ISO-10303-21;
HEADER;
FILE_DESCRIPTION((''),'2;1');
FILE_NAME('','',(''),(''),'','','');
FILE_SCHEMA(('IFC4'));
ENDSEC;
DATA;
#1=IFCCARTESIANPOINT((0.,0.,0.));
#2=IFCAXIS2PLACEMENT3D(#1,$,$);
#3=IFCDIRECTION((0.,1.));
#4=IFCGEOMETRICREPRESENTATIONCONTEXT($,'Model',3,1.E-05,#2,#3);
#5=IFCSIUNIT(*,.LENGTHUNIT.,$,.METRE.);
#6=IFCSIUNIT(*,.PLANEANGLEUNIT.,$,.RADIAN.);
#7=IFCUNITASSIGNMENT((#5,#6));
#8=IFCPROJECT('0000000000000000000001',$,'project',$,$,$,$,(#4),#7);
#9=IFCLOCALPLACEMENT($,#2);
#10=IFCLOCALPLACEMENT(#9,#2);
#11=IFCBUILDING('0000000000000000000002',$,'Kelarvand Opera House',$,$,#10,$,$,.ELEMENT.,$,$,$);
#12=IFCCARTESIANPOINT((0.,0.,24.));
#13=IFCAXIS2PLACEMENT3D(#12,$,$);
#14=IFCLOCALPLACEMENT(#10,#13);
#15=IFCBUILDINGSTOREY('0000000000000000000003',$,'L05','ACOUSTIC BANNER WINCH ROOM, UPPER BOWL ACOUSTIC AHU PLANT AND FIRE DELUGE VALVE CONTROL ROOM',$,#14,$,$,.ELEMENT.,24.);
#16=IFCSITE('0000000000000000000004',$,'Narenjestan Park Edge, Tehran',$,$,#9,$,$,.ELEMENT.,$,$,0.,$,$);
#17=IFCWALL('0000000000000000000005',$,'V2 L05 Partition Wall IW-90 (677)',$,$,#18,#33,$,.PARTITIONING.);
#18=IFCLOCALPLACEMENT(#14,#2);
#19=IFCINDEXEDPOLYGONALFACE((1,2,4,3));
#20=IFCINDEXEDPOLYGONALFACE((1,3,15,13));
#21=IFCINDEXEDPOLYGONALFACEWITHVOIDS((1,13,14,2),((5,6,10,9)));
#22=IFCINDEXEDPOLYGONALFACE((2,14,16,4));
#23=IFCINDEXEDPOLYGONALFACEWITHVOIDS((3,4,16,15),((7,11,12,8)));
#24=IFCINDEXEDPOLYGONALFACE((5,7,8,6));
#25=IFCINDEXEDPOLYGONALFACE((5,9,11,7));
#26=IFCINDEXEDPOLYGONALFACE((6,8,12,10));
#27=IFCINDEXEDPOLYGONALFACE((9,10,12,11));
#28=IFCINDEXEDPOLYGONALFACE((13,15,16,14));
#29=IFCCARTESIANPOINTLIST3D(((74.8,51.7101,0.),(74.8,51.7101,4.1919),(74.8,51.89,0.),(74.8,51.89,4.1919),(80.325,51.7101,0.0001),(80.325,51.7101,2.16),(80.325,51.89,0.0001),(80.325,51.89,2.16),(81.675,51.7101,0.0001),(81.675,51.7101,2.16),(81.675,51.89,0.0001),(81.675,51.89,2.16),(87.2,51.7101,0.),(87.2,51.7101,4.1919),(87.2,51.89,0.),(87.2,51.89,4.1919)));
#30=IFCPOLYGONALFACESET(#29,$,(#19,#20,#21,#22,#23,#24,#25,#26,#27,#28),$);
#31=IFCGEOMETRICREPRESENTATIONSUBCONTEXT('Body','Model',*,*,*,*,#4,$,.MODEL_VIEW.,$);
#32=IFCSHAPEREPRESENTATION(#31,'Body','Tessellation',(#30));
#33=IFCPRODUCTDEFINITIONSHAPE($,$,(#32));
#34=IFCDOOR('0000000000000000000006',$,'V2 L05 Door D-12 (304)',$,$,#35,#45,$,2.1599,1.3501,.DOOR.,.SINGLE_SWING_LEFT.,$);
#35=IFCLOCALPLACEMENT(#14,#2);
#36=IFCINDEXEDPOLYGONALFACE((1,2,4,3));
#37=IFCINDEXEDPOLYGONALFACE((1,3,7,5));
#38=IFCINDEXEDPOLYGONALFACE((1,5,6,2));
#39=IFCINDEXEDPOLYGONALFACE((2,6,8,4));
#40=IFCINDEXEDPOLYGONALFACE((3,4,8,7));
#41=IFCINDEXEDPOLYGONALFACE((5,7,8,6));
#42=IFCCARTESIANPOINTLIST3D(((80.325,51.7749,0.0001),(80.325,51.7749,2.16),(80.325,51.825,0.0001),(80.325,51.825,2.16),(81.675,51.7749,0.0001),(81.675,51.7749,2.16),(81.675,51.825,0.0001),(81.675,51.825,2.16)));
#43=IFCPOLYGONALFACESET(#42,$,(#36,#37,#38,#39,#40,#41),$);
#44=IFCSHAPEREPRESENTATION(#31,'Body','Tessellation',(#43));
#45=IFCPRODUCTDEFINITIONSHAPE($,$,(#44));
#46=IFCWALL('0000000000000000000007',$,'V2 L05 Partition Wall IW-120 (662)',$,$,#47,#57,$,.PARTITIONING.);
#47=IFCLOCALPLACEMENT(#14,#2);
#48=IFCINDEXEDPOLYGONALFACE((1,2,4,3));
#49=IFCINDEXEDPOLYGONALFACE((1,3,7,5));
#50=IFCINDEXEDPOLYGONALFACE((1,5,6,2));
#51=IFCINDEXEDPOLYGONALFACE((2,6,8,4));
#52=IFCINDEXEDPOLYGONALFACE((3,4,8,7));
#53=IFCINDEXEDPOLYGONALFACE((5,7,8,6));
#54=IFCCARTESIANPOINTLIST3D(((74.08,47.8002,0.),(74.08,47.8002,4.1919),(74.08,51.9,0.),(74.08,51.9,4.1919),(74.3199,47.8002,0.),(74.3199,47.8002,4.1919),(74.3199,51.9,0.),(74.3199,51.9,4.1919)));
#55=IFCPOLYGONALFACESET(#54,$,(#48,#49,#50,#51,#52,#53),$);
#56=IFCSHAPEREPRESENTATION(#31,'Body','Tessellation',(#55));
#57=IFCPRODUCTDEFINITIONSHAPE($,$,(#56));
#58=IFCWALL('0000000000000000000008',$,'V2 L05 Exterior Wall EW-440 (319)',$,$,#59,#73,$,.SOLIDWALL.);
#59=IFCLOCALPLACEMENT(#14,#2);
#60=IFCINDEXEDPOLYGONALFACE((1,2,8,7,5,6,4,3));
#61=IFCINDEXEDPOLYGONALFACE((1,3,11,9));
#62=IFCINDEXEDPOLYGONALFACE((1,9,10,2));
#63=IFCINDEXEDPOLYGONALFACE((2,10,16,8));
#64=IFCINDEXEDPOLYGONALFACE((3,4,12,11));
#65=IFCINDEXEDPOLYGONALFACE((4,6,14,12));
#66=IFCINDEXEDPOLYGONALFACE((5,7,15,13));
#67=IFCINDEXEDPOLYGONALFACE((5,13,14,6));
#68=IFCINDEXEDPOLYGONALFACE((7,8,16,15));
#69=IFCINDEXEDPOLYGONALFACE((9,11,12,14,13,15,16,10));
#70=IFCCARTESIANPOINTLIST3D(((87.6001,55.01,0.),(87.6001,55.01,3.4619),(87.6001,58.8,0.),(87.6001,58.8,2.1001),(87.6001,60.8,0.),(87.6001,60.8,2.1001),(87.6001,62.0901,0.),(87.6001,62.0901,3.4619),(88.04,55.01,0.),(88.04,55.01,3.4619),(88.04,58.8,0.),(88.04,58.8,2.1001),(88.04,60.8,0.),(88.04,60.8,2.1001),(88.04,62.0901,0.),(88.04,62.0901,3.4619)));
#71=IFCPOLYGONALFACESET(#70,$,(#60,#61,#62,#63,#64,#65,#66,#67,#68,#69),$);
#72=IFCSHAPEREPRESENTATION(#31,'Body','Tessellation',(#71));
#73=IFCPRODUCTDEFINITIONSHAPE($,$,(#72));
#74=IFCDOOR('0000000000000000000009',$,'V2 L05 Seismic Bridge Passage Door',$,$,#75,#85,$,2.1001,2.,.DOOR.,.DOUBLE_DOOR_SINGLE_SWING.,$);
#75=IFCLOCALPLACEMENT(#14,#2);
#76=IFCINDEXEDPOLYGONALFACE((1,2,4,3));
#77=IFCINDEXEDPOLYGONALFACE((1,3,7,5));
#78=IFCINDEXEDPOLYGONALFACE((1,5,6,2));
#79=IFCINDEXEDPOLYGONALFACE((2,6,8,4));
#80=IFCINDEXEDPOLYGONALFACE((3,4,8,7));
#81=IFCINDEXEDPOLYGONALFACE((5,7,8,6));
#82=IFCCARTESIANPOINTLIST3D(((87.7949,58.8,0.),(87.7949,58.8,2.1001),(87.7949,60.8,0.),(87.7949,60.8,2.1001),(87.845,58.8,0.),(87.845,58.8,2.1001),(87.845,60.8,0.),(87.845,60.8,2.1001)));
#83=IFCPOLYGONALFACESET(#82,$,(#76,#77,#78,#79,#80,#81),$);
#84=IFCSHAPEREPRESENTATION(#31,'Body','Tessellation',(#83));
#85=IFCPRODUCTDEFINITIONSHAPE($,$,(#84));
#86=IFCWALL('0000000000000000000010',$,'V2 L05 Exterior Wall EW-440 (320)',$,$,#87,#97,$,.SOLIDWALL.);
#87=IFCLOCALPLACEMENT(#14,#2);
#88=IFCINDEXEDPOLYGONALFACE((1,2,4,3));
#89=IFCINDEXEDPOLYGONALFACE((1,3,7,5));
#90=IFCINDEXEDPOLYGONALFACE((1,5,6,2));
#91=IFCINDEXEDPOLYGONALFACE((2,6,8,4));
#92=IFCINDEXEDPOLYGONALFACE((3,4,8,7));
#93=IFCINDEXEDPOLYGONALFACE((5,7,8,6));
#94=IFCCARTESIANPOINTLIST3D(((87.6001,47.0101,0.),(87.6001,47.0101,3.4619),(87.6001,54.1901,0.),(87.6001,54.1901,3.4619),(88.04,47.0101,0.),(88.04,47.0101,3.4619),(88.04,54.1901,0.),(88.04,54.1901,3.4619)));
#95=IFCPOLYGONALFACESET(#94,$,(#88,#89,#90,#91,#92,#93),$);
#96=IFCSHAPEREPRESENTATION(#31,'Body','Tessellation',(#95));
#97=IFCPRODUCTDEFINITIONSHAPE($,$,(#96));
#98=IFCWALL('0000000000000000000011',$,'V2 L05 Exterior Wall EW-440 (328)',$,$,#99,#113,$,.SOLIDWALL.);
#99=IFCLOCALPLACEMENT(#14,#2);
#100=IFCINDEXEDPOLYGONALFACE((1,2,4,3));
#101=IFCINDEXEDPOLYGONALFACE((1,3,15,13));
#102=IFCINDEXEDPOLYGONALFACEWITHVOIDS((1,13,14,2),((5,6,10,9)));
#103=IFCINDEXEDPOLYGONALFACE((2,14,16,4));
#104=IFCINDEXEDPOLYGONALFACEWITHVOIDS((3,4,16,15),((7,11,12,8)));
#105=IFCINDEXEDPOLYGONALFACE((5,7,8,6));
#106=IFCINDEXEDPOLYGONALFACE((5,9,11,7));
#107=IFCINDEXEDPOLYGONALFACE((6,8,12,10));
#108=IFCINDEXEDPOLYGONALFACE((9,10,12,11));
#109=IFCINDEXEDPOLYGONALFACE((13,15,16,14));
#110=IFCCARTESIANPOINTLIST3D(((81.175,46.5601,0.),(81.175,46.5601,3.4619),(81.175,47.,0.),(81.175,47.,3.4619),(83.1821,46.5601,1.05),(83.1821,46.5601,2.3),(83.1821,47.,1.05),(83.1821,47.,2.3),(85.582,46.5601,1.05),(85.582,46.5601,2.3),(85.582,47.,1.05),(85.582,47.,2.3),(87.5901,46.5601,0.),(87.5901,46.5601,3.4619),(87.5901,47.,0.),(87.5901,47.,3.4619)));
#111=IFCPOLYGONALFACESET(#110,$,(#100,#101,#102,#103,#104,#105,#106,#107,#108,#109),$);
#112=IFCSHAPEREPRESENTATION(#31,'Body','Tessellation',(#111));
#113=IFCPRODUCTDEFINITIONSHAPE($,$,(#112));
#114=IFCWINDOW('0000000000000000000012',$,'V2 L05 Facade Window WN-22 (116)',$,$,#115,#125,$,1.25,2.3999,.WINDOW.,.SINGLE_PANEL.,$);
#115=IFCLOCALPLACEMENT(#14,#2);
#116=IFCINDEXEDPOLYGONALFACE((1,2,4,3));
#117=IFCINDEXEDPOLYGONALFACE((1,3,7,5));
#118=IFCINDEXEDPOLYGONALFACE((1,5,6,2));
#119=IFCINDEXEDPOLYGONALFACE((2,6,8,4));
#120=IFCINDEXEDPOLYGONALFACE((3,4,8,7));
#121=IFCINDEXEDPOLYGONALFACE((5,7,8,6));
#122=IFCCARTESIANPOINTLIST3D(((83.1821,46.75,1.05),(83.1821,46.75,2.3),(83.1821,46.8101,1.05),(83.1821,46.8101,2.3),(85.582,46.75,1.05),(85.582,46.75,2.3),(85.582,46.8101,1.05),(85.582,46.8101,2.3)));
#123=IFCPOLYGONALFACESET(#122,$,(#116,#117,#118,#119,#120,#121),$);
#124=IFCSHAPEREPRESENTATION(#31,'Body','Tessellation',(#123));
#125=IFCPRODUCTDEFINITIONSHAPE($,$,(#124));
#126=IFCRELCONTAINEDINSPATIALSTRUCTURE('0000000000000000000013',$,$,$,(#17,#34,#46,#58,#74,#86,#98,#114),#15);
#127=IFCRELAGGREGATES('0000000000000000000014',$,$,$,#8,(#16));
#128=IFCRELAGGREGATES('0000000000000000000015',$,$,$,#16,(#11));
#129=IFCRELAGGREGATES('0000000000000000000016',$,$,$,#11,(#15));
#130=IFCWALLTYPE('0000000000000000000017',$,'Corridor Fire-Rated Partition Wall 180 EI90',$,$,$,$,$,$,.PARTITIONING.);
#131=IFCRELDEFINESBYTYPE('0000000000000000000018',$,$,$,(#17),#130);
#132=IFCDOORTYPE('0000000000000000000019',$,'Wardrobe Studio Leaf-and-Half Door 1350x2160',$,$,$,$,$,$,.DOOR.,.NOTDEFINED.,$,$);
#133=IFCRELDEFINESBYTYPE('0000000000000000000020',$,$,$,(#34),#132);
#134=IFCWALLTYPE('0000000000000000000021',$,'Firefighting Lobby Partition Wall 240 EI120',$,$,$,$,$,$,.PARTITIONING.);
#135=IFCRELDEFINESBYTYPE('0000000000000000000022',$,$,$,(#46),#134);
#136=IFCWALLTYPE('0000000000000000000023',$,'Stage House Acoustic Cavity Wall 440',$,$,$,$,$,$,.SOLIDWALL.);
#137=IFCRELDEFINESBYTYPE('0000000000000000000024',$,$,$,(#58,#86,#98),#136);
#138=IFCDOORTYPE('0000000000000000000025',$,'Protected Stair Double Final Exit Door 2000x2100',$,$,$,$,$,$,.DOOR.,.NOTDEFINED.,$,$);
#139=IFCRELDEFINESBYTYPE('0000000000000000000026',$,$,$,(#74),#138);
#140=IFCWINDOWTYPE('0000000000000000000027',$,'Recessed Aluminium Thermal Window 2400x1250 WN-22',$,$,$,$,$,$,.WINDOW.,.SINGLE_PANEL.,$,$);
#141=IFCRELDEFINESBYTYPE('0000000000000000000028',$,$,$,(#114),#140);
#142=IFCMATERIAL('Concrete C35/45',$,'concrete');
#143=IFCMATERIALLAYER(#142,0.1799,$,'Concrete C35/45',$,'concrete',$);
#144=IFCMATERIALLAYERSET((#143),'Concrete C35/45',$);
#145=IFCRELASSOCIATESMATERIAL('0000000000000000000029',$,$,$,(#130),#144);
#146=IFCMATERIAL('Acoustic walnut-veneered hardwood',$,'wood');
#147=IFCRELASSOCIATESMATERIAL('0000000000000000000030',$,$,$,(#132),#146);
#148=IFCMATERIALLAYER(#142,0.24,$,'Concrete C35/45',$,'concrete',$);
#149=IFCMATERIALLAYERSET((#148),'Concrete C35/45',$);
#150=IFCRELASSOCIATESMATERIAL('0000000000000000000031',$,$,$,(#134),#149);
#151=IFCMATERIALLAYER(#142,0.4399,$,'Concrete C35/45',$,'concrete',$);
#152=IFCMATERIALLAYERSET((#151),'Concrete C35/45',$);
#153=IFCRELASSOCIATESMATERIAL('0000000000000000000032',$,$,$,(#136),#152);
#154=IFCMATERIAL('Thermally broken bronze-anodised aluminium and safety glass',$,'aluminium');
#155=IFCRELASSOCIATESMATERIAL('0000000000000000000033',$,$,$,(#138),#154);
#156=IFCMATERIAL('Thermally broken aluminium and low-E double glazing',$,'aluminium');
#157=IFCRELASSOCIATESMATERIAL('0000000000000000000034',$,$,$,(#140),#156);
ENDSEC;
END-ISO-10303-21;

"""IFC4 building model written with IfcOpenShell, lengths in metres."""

from ifc_helpers import new_model, si_unit, direction, frame, frame_2d, origin, place, context, subcontext, project, spatial, rectangle, extrude, material, layer, layer_set, type_object, element, fill, save


model = new_model("IFC4")

# Units and contexts
model_context = context("Model", 3, precision=1e-05, world=origin(), true_north=direction((0.0, 1.0)))
body_context = subcontext(model_context, "Body", "Model", "MODEL_VIEW")
ifc_project = project(units=[si_unit("LENGTHUNIT", "METRE"), si_unit("PLANEANGLEUNIT", "RADIAN")], contexts=[model_context])

# Site, building, storey
site_placement = place(None, origin())
site = spatial("IfcSite", under=ifc_project, at=site_placement, Name="Narenjestan Park Edge, Tehran", CompositionType="ELEMENT", RefElevation=0.0)
building_placement = place(site_placement, origin())
building = spatial("IfcBuilding", under=site, at=building_placement, Name="Kelarvand Opera House", CompositionType="ELEMENT")
storey_placement = place(building_placement, frame((0.0, 0.0, 24.0)))
storey = spatial("IfcBuildingStorey", under=building, at=storey_placement, Name="L05", Description="ACOUSTIC BANNER WINCH ROOM, UPPER BOWL ACOUSTIC AHU PLANT AND FIRE DELUGE VALVE CONTROL ROOM", CompositionType="ELEMENT", Elevation=24.0)

# Wall, opening, door
ifc_material_1 = material(Name="Concrete C35/45", Category="concrete")
ifc_layer_1 = layer(ifc_material_1, 0.1799, Name="Concrete C35/45", Category="concrete")
ifc_layer_set_1 = layer_set([ifc_layer_1], Name="Concrete C35/45")
wall_type_1 = type_object("IfcWallType", Name="Corridor Fire-Rated Partition Wall 180 EI90", PredefinedType="PARTITIONING", material=ifc_layer_set_1)
wall_1_placement = place(storey_placement, frame((74.8, 51.8, 0.0), z_axis=(0.0, 0.0, 1.0), x_axis=(1.0, 0.0, 0.0)))
wall_1 = element("IfcWall", 1, at=wall_1_placement, inside=storey, type_object=wall_type_1, Name="V2 L05 Partition Wall IW-90 (677)", PredefinedType="PARTITIONING", context=body_context, shape_type="SweptSolid", body=[
    extrude(rectangle(XDim=12.3999, YDim=0.1799, at=frame_2d((6.2, 0.0))), origin(), (0.0, 0.0, 1.0), 4.1919),
])
opening_1_placement = place(wall_1_placement, frame((5.5249, 0.0, 0.0)))
opening_1 = element("IfcOpeningElement", 2, at=opening_1_placement, cuts=wall_1, PredefinedType="OPENING", context=body_context, shape_type="SweptSolid", body=[
    extrude(rectangle(XDim=1.3501, YDim=2.1599, at=frame_2d((0.675, 1.0801))), frame((0.0, 0.1001, 0.0), z_axis=(0.0, -1.0, 0.0), x_axis=(1.0, 0.0, 0.0)), (0.0, 0.0, 1.0), 0.2),
])
ifc_material_2 = material(Name="Acoustic walnut-veneered hardwood", Category="wood")
door_type_1 = type_object("IfcDoorType", Name="Wardrobe Studio Leaf-and-Half Door 1350x2160", OperationType="NOTDEFINED", PredefinedType="DOOR", material=ifc_material_2)
door_1_placement = place(opening_1_placement, origin())
door_1 = element("IfcDoor", 3, at=door_1_placement, inside=storey, type_object=door_type_1, Name="V2 L05 Door D-12 (304)", OperationType="SINGLE_SWING_LEFT", OverallHeight=2.1599, OverallWidth=1.3501, PredefinedType="DOOR", context=body_context, shape_type="SweptSolid", body=[
    extrude(rectangle(XDim=1.3501, YDim=2.1599, at=frame_2d((0.675, 1.0801))), frame((0.0, 0.0249, 0.0), z_axis=(0.0, -1.0, 0.0), x_axis=(1.0, 0.0, 0.0)), (0.0, 0.0, 1.0), 0.05),
])
fill(opening_1, door_1)

# Wall
ifc_layer_2 = layer(ifc_material_1, 0.24, Name="Concrete C35/45", Category="concrete")
ifc_layer_set_2 = layer_set([ifc_layer_2], Name="Concrete C35/45")
wall_type_2 = type_object("IfcWallType", Name="Firefighting Lobby Partition Wall 240 EI120", PredefinedType="PARTITIONING", material=ifc_layer_set_2)
wall_2_placement = place(storey_placement, frame((74.2, 51.8999, 0.0), z_axis=(0.0, 0.0, 1.0), x_axis=(0.0, -1.0, 0.0)))
element("IfcWall", 4, at=wall_2_placement, inside=storey, type_object=wall_type_2, Name="V2 L05 Partition Wall IW-120 (662)", PredefinedType="PARTITIONING", context=body_context, shape_type="SweptSolid", body=[
    extrude(rectangle(XDim=4.0999, YDim=0.24, at=frame_2d((2.0498, 0.0))), origin(), (0.0, 0.0, 1.0), 4.1919),
])

# Wall, opening, door
ifc_layer_3 = layer(ifc_material_1, 0.4399, Name="Concrete C35/45", Category="concrete")
ifc_layer_set_3 = layer_set([ifc_layer_3], Name="Concrete C35/45")
wall_type_3 = type_object("IfcWallType", Name="Stage House Acoustic Cavity Wall 440", PredefinedType="SOLIDWALL", material=ifc_layer_set_3)
wall_3_placement = place(storey_placement, frame((87.8201, 62.0901, 0.0), z_axis=(0.0, 0.0, 1.0), x_axis=(0.0, -1.0, 0.0)))
wall_3 = element("IfcWall", 5, at=wall_3_placement, inside=storey, type_object=wall_type_3, Name="V2 L05 Exterior Wall EW-440 (319)", PredefinedType="SOLIDWALL", context=body_context, shape_type="SweptSolid", body=[
    extrude(rectangle(XDim=7.0801, YDim=0.4399, at=frame_2d((3.54, 0.0))), origin(), (0.0, 0.0, 1.0), 3.4619),
])
opening_2_placement = place(wall_3_placement, frame((1.29, 0.0, 0.0)))
opening_2 = element("IfcOpeningElement", 6, at=opening_2_placement, cuts=wall_3, PredefinedType="OPENING", context=body_context, shape_type="SweptSolid", body=[
    extrude(rectangle(XDim=2.0, YDim=2.1001, at=frame_2d((1.0, 1.05))), frame((0.0, 0.23, 0.0), z_axis=(0.0, -1.0, 0.0), x_axis=(1.0, 0.0, 0.0)), (0.0, 0.0, 1.0), 0.46),
])
ifc_material_3 = material(Name="Thermally broken bronze-anodised aluminium and safety glass", Category="aluminium")
door_type_2 = type_object("IfcDoorType", Name="Protected Stair Double Final Exit Door 2000x2100", OperationType="NOTDEFINED", PredefinedType="DOOR", material=ifc_material_3)
door_2_placement = place(opening_2_placement, origin())
door_2 = element("IfcDoor", 7, at=door_2_placement, inside=storey, type_object=door_type_2, Name="V2 L05 Seismic Bridge Passage Door", OperationType="DOUBLE_DOOR_SINGLE_SWING", OverallHeight=2.1001, OverallWidth=2.0, PredefinedType="DOOR", context=body_context, shape_type="SweptSolid", body=[
    extrude(rectangle(XDim=2.0, YDim=2.1001, at=frame_2d((1.0, 1.05))), frame((0.0, 0.0249, 0.0), z_axis=(0.0, -1.0, 0.0), x_axis=(1.0, 0.0, 0.0)), (0.0, 0.0, 1.0), 0.05),
])
fill(opening_2, door_2)

# Wall
wall_4_placement = place(storey_placement, frame((87.8201, 54.1899, 0.0), z_axis=(0.0, 0.0, 1.0), x_axis=(0.0, -1.0, 0.0)))
element("IfcWall", 8, at=wall_4_placement, inside=storey, type_object=wall_type_3, Name="V2 L05 Exterior Wall EW-440 (320)", PredefinedType="SOLIDWALL", context=body_context, shape_type="SweptSolid", body=[
    extrude(rectangle(XDim=7.1799, YDim=0.4399, at=frame_2d((3.5898, 0.0))), origin(), (0.0, 0.0, 1.0), 3.4619),
])

# Wall, opening, window
wall_5_placement = place(storey_placement, frame((87.5901, 46.78, 0.0), z_axis=(0.0, 0.0, 1.0), x_axis=(-1.0, 0.0, 0.0)))
wall_5 = element("IfcWall", 9, at=wall_5_placement, inside=storey, type_object=wall_type_3, Name="V2 L05 Exterior Wall EW-440 (328)", PredefinedType="SOLIDWALL", context=body_context, shape_type="SweptSolid", body=[
    extrude(rectangle(XDim=6.415, YDim=0.4399, at=frame_2d((3.2075, 0.0))), origin(), (0.0, 0.0, 1.0), 3.4619),
])
opening_3_placement = place(wall_5_placement, frame((2.0081, 0.0, 1.05)))
opening_3 = element("IfcOpeningElement", 10, at=opening_3_placement, cuts=wall_5, PredefinedType="OPENING", context=body_context, shape_type="SweptSolid", body=[
    extrude(rectangle(XDim=2.3999, YDim=1.25, at=frame_2d((1.2, 0.625))), frame((0.0, 0.23, 0.0), z_axis=(0.0, -1.0, 0.0), x_axis=(1.0, 0.0, 0.0)), (0.0, 0.0, 1.0), 0.46),
])
ifc_material_4 = material(Name="Thermally broken aluminium and low-E double glazing", Category="aluminium")
window_type_1 = type_object("IfcWindowType", Name="Recessed Aluminium Thermal Window 2400x1250 WN-22", PartitioningType="SINGLE_PANEL", PredefinedType="WINDOW", material=ifc_material_4)
window_1_placement = place(opening_3_placement, origin())
window_1 = element("IfcWindow", 11, at=window_1_placement, inside=storey, type_object=window_type_1, Name="V2 L05 Facade Window WN-22 (116)", OverallHeight=1.25, OverallWidth=2.3999, PartitioningType="SINGLE_PANEL", PredefinedType="WINDOW", context=body_context, shape_type="SweptSolid", body=[
    extrude(rectangle(XDim=2.3999, YDim=1.25, at=frame_2d((1.2, 0.625))), frame((0.0, 0.03, 0.0), z_axis=(0.0, -1.0, 0.0), x_axis=(1.0, 0.0, 0.0)), (0.0, 0.0, 1.0), 0.0601),
])
fill(opening_3, window_1)

save(model, "model.ifc")
